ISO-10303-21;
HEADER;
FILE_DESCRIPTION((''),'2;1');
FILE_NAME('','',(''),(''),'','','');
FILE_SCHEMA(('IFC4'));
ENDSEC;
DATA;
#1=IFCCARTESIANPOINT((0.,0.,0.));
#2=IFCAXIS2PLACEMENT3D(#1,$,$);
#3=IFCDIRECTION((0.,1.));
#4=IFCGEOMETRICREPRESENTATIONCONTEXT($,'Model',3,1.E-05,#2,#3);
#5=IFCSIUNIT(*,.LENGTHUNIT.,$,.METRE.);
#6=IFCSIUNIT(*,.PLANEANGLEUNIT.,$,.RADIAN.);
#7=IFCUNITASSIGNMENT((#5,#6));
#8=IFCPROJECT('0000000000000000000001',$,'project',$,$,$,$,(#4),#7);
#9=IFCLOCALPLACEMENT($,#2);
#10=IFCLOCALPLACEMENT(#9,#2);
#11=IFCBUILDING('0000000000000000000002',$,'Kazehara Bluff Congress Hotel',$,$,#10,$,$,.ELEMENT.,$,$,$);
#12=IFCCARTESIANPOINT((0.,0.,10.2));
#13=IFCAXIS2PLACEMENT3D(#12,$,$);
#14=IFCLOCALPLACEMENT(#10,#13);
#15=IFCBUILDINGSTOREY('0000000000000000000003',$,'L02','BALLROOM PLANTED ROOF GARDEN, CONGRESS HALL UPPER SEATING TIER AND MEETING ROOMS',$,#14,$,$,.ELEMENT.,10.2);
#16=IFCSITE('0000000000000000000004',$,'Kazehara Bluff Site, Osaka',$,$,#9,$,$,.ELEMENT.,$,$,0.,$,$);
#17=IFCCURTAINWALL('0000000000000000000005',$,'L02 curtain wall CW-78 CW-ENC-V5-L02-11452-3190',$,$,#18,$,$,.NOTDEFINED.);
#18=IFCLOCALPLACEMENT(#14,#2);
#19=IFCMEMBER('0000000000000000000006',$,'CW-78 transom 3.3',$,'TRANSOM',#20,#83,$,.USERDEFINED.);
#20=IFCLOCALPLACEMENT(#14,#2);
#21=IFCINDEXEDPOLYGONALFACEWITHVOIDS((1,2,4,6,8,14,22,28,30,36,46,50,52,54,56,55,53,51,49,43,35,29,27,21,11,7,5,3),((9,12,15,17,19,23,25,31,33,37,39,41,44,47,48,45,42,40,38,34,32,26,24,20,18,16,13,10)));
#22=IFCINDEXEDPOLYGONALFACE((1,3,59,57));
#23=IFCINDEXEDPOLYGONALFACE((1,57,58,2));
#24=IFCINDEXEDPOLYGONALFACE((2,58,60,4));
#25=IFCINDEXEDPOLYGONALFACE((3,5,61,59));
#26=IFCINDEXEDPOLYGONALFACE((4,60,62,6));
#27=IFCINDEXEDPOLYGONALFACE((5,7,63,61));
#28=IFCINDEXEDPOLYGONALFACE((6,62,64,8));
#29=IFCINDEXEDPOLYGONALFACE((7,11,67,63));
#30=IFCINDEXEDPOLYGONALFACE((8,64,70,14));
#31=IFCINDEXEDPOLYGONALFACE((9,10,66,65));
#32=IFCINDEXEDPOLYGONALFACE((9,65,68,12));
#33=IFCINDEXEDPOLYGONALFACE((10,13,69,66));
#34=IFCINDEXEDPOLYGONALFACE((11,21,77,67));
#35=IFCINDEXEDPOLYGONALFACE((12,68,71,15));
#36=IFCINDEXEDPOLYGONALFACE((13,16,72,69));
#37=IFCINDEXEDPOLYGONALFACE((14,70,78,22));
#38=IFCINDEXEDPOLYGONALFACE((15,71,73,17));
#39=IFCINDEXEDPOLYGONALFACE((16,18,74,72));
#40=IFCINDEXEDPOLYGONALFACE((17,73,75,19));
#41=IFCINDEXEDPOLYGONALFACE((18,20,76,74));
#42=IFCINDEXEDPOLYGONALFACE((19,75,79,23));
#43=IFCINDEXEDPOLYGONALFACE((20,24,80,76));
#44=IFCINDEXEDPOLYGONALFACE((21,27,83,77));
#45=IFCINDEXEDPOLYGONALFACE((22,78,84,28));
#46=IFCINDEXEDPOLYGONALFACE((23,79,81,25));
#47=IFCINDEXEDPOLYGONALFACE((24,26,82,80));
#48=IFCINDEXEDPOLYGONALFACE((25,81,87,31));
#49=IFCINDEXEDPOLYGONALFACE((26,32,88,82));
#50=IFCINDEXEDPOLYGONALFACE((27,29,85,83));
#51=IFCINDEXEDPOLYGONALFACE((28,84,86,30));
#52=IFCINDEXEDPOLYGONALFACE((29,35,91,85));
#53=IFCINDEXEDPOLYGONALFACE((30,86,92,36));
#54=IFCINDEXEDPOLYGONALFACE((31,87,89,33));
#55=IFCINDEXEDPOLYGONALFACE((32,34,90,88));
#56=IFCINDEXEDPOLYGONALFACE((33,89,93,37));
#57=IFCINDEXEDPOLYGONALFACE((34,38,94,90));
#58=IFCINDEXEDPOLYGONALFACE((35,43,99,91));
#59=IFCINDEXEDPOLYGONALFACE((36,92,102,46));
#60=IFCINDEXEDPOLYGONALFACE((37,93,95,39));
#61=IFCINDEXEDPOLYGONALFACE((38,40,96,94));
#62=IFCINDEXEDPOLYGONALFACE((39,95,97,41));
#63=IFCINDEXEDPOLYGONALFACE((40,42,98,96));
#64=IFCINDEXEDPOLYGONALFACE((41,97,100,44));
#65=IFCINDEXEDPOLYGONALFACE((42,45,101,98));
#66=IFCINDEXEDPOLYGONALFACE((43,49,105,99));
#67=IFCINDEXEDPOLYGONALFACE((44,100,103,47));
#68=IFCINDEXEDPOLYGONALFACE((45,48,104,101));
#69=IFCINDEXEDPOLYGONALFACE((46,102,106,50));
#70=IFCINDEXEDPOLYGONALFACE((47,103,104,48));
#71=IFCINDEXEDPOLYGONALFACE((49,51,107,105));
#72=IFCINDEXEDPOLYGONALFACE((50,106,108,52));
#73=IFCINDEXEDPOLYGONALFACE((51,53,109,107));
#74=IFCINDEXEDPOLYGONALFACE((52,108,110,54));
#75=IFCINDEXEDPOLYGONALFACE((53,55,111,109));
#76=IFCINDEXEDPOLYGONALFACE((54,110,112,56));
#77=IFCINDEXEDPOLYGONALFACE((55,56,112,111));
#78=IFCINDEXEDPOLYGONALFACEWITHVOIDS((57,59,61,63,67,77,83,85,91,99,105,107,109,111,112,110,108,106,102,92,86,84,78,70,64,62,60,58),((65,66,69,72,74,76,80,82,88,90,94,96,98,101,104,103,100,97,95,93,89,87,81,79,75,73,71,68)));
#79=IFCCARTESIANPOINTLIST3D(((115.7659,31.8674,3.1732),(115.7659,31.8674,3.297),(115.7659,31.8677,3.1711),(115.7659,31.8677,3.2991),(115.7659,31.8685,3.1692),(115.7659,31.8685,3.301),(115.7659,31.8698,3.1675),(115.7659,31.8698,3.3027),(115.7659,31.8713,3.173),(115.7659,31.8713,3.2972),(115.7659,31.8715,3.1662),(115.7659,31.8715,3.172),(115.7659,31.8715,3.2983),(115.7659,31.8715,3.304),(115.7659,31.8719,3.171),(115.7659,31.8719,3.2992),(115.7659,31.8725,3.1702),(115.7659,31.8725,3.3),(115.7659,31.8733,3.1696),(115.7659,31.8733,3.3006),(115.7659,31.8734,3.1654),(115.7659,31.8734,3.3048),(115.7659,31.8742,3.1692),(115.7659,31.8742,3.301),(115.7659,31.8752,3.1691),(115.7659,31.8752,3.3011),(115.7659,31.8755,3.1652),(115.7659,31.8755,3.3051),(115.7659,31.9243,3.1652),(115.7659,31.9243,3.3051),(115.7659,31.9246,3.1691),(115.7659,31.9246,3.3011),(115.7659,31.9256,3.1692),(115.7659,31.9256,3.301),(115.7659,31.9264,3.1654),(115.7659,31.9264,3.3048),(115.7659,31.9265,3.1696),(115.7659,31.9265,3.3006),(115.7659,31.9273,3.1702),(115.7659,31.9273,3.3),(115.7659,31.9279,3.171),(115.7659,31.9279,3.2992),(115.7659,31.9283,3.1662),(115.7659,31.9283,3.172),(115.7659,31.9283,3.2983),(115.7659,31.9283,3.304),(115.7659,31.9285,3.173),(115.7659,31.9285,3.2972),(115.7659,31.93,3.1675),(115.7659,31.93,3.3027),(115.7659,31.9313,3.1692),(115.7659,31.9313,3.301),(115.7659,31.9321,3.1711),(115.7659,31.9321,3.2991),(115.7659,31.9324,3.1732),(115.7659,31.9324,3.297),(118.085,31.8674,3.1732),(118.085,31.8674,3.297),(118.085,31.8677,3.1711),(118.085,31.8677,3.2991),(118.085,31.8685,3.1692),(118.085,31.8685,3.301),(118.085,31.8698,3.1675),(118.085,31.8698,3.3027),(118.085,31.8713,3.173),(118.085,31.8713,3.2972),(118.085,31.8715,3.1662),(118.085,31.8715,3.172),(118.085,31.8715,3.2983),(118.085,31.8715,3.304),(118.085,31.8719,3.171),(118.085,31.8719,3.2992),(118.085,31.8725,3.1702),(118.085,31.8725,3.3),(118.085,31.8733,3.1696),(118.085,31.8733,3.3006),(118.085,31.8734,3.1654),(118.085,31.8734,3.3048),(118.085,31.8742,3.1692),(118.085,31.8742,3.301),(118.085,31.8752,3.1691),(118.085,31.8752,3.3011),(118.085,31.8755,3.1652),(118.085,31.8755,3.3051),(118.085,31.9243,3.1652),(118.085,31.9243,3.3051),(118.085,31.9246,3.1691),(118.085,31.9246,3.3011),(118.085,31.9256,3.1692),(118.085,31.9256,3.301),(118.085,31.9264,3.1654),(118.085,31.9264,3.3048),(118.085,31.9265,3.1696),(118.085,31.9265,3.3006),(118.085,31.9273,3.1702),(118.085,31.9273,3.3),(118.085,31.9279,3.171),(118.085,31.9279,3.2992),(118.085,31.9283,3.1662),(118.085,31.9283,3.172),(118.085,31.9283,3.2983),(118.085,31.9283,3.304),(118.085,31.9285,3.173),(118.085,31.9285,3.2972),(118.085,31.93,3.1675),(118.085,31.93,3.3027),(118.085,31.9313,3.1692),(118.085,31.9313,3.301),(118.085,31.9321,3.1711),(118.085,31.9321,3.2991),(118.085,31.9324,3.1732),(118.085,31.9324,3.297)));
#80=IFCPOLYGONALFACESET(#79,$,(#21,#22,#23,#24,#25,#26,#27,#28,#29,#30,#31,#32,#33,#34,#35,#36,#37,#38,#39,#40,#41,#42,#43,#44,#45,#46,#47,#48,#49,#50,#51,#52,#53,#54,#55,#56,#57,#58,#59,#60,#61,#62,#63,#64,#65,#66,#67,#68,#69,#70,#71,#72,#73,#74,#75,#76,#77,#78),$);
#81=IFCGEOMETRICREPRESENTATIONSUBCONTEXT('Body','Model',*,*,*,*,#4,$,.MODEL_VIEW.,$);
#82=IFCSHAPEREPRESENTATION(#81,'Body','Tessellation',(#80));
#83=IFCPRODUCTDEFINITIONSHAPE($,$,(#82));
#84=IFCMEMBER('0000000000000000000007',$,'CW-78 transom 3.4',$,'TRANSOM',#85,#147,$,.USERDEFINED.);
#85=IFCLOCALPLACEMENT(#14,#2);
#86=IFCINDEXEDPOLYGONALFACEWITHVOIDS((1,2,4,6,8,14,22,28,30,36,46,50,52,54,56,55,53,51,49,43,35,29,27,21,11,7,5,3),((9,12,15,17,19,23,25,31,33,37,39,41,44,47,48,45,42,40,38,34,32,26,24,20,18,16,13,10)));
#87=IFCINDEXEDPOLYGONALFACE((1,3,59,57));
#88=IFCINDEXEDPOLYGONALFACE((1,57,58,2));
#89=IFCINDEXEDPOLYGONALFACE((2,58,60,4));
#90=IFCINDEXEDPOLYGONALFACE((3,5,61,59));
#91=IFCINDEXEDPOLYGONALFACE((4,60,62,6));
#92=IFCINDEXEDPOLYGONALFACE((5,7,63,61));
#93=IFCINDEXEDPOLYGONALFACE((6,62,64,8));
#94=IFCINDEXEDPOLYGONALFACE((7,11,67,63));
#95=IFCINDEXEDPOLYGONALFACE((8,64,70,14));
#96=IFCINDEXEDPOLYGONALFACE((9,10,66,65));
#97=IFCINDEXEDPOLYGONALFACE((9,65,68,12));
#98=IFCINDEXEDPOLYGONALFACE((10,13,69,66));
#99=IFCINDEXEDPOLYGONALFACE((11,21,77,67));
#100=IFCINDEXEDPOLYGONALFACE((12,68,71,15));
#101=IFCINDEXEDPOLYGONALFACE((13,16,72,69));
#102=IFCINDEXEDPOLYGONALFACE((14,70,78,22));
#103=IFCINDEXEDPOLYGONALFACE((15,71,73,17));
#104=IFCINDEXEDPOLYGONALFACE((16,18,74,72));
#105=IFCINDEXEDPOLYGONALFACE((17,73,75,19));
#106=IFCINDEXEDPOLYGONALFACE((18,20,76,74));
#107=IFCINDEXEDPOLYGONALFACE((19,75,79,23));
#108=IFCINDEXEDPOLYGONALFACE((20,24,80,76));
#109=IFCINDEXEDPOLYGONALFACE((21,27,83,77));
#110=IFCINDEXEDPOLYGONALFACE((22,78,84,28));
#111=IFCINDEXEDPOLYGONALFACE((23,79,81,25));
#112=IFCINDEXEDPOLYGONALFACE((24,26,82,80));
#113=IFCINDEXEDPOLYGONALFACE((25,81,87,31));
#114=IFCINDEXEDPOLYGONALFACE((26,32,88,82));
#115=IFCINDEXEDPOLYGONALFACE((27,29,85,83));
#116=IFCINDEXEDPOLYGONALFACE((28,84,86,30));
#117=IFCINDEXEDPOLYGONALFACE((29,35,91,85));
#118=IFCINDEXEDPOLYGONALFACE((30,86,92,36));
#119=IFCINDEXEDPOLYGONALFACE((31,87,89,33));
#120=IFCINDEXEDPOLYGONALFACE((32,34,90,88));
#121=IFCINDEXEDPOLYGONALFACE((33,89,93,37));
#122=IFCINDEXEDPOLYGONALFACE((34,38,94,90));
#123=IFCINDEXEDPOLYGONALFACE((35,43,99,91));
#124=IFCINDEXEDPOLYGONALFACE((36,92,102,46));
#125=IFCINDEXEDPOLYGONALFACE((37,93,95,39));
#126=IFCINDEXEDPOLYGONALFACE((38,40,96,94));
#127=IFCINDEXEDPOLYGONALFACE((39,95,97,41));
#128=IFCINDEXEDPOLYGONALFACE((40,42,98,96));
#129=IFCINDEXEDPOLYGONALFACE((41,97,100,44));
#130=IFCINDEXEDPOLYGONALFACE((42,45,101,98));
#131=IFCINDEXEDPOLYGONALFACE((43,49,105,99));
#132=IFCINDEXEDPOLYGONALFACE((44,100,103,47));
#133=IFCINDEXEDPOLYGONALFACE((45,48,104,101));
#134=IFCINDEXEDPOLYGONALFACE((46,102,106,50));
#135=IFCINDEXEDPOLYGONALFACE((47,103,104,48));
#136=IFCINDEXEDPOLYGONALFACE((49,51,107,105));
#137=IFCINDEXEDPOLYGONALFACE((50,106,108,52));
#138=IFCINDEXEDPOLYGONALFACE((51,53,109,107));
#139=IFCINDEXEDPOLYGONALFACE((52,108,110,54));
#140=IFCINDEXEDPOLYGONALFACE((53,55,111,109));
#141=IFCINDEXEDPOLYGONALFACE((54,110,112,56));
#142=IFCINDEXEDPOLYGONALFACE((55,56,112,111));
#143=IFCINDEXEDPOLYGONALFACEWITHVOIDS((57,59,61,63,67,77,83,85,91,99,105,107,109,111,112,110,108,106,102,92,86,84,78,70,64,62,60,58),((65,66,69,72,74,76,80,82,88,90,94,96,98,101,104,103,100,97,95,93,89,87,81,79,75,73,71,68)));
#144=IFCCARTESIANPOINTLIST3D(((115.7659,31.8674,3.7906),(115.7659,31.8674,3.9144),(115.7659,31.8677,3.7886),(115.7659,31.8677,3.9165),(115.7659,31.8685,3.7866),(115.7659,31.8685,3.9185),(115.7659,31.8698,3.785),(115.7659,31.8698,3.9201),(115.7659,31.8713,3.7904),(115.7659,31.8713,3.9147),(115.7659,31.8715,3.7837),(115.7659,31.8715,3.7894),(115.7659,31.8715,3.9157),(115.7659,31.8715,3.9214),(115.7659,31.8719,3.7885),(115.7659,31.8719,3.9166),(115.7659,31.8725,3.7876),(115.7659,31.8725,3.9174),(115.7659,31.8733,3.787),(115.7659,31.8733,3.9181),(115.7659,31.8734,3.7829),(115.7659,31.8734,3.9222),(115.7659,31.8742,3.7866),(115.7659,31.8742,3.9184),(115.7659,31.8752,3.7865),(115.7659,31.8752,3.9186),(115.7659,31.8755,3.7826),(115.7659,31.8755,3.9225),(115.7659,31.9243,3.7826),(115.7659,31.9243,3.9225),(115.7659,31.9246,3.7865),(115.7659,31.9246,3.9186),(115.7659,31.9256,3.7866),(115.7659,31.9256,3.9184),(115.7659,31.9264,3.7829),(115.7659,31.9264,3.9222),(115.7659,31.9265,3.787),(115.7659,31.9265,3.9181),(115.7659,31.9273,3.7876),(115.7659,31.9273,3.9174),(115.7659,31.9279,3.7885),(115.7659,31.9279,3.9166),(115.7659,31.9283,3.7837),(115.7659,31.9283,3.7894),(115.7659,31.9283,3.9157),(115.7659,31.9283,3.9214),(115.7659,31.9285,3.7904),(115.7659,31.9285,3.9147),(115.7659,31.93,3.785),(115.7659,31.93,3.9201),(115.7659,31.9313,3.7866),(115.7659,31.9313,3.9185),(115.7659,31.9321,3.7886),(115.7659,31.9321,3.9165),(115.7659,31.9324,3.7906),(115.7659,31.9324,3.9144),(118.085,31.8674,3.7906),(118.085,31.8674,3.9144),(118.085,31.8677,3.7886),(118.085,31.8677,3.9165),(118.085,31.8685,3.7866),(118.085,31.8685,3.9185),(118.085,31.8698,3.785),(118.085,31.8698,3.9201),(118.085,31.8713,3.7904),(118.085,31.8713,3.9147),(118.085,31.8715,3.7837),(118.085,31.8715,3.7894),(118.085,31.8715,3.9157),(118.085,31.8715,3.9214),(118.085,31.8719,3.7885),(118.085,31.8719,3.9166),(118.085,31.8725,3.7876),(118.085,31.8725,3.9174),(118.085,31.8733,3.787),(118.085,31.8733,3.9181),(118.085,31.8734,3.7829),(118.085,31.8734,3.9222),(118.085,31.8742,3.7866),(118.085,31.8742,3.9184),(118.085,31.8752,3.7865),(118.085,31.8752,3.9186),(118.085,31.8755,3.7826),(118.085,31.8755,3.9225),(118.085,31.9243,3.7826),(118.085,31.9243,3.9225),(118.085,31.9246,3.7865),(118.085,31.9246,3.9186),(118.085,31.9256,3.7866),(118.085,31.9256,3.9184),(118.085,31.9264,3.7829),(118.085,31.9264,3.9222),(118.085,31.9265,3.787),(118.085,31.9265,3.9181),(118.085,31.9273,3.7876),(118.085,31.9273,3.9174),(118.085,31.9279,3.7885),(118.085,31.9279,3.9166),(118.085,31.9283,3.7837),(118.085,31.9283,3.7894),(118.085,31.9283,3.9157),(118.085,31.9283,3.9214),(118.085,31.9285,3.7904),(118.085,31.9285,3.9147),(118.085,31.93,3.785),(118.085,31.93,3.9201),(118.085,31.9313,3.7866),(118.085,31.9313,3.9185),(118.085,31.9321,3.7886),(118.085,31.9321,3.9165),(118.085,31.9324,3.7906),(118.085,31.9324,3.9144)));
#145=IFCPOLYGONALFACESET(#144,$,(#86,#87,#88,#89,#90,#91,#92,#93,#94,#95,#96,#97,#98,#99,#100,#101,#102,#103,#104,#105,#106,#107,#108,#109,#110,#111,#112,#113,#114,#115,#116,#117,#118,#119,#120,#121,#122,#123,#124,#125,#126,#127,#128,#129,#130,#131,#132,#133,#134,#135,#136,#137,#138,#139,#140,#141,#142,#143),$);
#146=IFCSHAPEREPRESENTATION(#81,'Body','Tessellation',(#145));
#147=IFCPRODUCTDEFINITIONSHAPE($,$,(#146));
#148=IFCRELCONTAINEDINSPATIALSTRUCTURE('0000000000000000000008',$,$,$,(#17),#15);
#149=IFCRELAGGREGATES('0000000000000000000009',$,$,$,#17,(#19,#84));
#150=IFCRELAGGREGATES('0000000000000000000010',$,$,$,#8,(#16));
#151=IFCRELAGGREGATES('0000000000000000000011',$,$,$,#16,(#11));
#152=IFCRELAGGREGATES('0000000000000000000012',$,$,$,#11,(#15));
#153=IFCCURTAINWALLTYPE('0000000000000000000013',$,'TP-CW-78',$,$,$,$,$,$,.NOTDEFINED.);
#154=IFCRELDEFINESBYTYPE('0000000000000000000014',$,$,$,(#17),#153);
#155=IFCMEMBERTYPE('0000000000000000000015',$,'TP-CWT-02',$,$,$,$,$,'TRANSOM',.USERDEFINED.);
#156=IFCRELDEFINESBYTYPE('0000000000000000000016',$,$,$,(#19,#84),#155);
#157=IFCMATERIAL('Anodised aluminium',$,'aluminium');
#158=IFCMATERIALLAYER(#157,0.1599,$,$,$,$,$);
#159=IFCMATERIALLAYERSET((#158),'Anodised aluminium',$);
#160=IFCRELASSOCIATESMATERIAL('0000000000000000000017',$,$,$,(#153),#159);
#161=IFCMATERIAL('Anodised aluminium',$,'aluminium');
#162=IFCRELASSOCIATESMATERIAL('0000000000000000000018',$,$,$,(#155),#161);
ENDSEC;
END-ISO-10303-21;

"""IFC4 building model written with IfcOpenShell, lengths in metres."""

from ifc_helpers import new_model, si_unit, direction, frame, origin, origin_2d, place, context, subcontext, project, spatial, hollow_rectangle, extrude, material, layer, layer_set, material_profile, profile_set, type_object, element, aggregate, save


model = new_model("IFC4")

# Units and contexts
model_context = context("Model", 3, precision=1e-05, world=origin(), true_north=direction((0.0, 1.0)))
body_context = subcontext(model_context, "Body", "Model", "MODEL_VIEW")
ifc_project = project(units=[si_unit("LENGTHUNIT", "METRE"), si_unit("PLANEANGLEUNIT", "RADIAN")], contexts=[model_context])

# Site, building, storey
site_placement = place(None, origin())
site = spatial("IfcSite", under=ifc_project, at=site_placement, Name="Kazehara Bluff Site, Osaka", CompositionType="ELEMENT", RefElevation=0.0)
building_placement = place(site_placement, origin())
building = spatial("IfcBuilding", under=site, at=building_placement, Name="Kazehara Bluff Congress Hotel", CompositionType="ELEMENT")
storey_placement = place(building_placement, frame((0.0, 0.0, 10.2)))
storey = spatial("IfcBuildingStorey", under=building, at=storey_placement, Name="L02", Description="BALLROOM PLANTED ROOF GARDEN, CONGRESS HALL UPPER SEATING TIER AND MEETING ROOMS", CompositionType="ELEMENT", Elevation=10.2)

# Curtain wall
ifc_material_1 = material(Name="Anodised aluminium", Category="aluminium")
ifc_layer_1 = layer(ifc_material_1, 0.1599)
ifc_layer_set_1 = layer_set([ifc_layer_1], Name="Anodised aluminium")
curtain_wall_type_1 = type_object("IfcCurtainWallType", Name="TP-CW-78", PredefinedType="NOTDEFINED", material=ifc_layer_set_1)
curtain_wall_1_placement = place(storey_placement, origin())
curtain_wall_1 = element("IfcCurtainWall", 1, at=curtain_wall_1_placement, inside=storey, type_object=curtain_wall_type_1, Name="L02 curtain wall CW-78 CW-ENC-V5-L02-11452-3190", PredefinedType="NOTDEFINED")

# Members
ifc_material_2 = material(Name="Anodised aluminium", Category="aluminium")
ifc_material_profile_1 = material_profile(ifc_material_2, hollow_rectangle(XDim=0.0649, YDim=0.1399, WallThickness=0.0039, InnerFilletRadius=0.0039, OuterFilletRadius=0.0081, at=origin_2d()))
ifc_profile_set_1 = profile_set([ifc_material_profile_1], Name="Anodised aluminium")
member_type_1 = type_object("IfcMemberType", Name="TP-CWT-02", ElementType="TRANSOM", PredefinedType="USERDEFINED", material=ifc_profile_set_1)
member_1_placement = place(storey_placement, frame((115.7659, 31.8999, 3.2351), z_axis=(1.0, 0.0, 0.0), x_axis=(0.0, 1.0, 0.0)))
member_1 = element("IfcMember", 2, at=member_1_placement, type_object=member_type_1, Name="CW-78 transom 3.3", ObjectType="TRANSOM", PredefinedType="USERDEFINED", context=body_context, shape_type="SweptSolid", body=[
    extrude(hollow_rectangle(XDim=0.0649, YDim=0.1399, WallThickness=0.0039, InnerFilletRadius=0.0039, OuterFilletRadius=0.0081, at=origin_2d()), origin(), (0.0, 0.0, 1.0), 2.3191),
])
member_2_placement = place(storey_placement, frame((115.7659, 31.8999, 3.8525), z_axis=(1.0, 0.0, 0.0), x_axis=(0.0, 1.0, 0.0)))
member_2 = element("IfcMember", 3, at=member_2_placement, type_object=member_type_1, Name="CW-78 transom 3.4", ObjectType="TRANSOM", PredefinedType="USERDEFINED", context=body_context, shape_type="SweptSolid", body=[
    extrude(hollow_rectangle(XDim=0.0649, YDim=0.1399, WallThickness=0.0039, InnerFilletRadius=0.0039, OuterFilletRadius=0.0081, at=origin_2d()), origin(), (0.0, 0.0, 1.0), 2.3191),
])

aggregate(curtain_wall_1, [member_1, member_2])

save(model, "model.ifc")
